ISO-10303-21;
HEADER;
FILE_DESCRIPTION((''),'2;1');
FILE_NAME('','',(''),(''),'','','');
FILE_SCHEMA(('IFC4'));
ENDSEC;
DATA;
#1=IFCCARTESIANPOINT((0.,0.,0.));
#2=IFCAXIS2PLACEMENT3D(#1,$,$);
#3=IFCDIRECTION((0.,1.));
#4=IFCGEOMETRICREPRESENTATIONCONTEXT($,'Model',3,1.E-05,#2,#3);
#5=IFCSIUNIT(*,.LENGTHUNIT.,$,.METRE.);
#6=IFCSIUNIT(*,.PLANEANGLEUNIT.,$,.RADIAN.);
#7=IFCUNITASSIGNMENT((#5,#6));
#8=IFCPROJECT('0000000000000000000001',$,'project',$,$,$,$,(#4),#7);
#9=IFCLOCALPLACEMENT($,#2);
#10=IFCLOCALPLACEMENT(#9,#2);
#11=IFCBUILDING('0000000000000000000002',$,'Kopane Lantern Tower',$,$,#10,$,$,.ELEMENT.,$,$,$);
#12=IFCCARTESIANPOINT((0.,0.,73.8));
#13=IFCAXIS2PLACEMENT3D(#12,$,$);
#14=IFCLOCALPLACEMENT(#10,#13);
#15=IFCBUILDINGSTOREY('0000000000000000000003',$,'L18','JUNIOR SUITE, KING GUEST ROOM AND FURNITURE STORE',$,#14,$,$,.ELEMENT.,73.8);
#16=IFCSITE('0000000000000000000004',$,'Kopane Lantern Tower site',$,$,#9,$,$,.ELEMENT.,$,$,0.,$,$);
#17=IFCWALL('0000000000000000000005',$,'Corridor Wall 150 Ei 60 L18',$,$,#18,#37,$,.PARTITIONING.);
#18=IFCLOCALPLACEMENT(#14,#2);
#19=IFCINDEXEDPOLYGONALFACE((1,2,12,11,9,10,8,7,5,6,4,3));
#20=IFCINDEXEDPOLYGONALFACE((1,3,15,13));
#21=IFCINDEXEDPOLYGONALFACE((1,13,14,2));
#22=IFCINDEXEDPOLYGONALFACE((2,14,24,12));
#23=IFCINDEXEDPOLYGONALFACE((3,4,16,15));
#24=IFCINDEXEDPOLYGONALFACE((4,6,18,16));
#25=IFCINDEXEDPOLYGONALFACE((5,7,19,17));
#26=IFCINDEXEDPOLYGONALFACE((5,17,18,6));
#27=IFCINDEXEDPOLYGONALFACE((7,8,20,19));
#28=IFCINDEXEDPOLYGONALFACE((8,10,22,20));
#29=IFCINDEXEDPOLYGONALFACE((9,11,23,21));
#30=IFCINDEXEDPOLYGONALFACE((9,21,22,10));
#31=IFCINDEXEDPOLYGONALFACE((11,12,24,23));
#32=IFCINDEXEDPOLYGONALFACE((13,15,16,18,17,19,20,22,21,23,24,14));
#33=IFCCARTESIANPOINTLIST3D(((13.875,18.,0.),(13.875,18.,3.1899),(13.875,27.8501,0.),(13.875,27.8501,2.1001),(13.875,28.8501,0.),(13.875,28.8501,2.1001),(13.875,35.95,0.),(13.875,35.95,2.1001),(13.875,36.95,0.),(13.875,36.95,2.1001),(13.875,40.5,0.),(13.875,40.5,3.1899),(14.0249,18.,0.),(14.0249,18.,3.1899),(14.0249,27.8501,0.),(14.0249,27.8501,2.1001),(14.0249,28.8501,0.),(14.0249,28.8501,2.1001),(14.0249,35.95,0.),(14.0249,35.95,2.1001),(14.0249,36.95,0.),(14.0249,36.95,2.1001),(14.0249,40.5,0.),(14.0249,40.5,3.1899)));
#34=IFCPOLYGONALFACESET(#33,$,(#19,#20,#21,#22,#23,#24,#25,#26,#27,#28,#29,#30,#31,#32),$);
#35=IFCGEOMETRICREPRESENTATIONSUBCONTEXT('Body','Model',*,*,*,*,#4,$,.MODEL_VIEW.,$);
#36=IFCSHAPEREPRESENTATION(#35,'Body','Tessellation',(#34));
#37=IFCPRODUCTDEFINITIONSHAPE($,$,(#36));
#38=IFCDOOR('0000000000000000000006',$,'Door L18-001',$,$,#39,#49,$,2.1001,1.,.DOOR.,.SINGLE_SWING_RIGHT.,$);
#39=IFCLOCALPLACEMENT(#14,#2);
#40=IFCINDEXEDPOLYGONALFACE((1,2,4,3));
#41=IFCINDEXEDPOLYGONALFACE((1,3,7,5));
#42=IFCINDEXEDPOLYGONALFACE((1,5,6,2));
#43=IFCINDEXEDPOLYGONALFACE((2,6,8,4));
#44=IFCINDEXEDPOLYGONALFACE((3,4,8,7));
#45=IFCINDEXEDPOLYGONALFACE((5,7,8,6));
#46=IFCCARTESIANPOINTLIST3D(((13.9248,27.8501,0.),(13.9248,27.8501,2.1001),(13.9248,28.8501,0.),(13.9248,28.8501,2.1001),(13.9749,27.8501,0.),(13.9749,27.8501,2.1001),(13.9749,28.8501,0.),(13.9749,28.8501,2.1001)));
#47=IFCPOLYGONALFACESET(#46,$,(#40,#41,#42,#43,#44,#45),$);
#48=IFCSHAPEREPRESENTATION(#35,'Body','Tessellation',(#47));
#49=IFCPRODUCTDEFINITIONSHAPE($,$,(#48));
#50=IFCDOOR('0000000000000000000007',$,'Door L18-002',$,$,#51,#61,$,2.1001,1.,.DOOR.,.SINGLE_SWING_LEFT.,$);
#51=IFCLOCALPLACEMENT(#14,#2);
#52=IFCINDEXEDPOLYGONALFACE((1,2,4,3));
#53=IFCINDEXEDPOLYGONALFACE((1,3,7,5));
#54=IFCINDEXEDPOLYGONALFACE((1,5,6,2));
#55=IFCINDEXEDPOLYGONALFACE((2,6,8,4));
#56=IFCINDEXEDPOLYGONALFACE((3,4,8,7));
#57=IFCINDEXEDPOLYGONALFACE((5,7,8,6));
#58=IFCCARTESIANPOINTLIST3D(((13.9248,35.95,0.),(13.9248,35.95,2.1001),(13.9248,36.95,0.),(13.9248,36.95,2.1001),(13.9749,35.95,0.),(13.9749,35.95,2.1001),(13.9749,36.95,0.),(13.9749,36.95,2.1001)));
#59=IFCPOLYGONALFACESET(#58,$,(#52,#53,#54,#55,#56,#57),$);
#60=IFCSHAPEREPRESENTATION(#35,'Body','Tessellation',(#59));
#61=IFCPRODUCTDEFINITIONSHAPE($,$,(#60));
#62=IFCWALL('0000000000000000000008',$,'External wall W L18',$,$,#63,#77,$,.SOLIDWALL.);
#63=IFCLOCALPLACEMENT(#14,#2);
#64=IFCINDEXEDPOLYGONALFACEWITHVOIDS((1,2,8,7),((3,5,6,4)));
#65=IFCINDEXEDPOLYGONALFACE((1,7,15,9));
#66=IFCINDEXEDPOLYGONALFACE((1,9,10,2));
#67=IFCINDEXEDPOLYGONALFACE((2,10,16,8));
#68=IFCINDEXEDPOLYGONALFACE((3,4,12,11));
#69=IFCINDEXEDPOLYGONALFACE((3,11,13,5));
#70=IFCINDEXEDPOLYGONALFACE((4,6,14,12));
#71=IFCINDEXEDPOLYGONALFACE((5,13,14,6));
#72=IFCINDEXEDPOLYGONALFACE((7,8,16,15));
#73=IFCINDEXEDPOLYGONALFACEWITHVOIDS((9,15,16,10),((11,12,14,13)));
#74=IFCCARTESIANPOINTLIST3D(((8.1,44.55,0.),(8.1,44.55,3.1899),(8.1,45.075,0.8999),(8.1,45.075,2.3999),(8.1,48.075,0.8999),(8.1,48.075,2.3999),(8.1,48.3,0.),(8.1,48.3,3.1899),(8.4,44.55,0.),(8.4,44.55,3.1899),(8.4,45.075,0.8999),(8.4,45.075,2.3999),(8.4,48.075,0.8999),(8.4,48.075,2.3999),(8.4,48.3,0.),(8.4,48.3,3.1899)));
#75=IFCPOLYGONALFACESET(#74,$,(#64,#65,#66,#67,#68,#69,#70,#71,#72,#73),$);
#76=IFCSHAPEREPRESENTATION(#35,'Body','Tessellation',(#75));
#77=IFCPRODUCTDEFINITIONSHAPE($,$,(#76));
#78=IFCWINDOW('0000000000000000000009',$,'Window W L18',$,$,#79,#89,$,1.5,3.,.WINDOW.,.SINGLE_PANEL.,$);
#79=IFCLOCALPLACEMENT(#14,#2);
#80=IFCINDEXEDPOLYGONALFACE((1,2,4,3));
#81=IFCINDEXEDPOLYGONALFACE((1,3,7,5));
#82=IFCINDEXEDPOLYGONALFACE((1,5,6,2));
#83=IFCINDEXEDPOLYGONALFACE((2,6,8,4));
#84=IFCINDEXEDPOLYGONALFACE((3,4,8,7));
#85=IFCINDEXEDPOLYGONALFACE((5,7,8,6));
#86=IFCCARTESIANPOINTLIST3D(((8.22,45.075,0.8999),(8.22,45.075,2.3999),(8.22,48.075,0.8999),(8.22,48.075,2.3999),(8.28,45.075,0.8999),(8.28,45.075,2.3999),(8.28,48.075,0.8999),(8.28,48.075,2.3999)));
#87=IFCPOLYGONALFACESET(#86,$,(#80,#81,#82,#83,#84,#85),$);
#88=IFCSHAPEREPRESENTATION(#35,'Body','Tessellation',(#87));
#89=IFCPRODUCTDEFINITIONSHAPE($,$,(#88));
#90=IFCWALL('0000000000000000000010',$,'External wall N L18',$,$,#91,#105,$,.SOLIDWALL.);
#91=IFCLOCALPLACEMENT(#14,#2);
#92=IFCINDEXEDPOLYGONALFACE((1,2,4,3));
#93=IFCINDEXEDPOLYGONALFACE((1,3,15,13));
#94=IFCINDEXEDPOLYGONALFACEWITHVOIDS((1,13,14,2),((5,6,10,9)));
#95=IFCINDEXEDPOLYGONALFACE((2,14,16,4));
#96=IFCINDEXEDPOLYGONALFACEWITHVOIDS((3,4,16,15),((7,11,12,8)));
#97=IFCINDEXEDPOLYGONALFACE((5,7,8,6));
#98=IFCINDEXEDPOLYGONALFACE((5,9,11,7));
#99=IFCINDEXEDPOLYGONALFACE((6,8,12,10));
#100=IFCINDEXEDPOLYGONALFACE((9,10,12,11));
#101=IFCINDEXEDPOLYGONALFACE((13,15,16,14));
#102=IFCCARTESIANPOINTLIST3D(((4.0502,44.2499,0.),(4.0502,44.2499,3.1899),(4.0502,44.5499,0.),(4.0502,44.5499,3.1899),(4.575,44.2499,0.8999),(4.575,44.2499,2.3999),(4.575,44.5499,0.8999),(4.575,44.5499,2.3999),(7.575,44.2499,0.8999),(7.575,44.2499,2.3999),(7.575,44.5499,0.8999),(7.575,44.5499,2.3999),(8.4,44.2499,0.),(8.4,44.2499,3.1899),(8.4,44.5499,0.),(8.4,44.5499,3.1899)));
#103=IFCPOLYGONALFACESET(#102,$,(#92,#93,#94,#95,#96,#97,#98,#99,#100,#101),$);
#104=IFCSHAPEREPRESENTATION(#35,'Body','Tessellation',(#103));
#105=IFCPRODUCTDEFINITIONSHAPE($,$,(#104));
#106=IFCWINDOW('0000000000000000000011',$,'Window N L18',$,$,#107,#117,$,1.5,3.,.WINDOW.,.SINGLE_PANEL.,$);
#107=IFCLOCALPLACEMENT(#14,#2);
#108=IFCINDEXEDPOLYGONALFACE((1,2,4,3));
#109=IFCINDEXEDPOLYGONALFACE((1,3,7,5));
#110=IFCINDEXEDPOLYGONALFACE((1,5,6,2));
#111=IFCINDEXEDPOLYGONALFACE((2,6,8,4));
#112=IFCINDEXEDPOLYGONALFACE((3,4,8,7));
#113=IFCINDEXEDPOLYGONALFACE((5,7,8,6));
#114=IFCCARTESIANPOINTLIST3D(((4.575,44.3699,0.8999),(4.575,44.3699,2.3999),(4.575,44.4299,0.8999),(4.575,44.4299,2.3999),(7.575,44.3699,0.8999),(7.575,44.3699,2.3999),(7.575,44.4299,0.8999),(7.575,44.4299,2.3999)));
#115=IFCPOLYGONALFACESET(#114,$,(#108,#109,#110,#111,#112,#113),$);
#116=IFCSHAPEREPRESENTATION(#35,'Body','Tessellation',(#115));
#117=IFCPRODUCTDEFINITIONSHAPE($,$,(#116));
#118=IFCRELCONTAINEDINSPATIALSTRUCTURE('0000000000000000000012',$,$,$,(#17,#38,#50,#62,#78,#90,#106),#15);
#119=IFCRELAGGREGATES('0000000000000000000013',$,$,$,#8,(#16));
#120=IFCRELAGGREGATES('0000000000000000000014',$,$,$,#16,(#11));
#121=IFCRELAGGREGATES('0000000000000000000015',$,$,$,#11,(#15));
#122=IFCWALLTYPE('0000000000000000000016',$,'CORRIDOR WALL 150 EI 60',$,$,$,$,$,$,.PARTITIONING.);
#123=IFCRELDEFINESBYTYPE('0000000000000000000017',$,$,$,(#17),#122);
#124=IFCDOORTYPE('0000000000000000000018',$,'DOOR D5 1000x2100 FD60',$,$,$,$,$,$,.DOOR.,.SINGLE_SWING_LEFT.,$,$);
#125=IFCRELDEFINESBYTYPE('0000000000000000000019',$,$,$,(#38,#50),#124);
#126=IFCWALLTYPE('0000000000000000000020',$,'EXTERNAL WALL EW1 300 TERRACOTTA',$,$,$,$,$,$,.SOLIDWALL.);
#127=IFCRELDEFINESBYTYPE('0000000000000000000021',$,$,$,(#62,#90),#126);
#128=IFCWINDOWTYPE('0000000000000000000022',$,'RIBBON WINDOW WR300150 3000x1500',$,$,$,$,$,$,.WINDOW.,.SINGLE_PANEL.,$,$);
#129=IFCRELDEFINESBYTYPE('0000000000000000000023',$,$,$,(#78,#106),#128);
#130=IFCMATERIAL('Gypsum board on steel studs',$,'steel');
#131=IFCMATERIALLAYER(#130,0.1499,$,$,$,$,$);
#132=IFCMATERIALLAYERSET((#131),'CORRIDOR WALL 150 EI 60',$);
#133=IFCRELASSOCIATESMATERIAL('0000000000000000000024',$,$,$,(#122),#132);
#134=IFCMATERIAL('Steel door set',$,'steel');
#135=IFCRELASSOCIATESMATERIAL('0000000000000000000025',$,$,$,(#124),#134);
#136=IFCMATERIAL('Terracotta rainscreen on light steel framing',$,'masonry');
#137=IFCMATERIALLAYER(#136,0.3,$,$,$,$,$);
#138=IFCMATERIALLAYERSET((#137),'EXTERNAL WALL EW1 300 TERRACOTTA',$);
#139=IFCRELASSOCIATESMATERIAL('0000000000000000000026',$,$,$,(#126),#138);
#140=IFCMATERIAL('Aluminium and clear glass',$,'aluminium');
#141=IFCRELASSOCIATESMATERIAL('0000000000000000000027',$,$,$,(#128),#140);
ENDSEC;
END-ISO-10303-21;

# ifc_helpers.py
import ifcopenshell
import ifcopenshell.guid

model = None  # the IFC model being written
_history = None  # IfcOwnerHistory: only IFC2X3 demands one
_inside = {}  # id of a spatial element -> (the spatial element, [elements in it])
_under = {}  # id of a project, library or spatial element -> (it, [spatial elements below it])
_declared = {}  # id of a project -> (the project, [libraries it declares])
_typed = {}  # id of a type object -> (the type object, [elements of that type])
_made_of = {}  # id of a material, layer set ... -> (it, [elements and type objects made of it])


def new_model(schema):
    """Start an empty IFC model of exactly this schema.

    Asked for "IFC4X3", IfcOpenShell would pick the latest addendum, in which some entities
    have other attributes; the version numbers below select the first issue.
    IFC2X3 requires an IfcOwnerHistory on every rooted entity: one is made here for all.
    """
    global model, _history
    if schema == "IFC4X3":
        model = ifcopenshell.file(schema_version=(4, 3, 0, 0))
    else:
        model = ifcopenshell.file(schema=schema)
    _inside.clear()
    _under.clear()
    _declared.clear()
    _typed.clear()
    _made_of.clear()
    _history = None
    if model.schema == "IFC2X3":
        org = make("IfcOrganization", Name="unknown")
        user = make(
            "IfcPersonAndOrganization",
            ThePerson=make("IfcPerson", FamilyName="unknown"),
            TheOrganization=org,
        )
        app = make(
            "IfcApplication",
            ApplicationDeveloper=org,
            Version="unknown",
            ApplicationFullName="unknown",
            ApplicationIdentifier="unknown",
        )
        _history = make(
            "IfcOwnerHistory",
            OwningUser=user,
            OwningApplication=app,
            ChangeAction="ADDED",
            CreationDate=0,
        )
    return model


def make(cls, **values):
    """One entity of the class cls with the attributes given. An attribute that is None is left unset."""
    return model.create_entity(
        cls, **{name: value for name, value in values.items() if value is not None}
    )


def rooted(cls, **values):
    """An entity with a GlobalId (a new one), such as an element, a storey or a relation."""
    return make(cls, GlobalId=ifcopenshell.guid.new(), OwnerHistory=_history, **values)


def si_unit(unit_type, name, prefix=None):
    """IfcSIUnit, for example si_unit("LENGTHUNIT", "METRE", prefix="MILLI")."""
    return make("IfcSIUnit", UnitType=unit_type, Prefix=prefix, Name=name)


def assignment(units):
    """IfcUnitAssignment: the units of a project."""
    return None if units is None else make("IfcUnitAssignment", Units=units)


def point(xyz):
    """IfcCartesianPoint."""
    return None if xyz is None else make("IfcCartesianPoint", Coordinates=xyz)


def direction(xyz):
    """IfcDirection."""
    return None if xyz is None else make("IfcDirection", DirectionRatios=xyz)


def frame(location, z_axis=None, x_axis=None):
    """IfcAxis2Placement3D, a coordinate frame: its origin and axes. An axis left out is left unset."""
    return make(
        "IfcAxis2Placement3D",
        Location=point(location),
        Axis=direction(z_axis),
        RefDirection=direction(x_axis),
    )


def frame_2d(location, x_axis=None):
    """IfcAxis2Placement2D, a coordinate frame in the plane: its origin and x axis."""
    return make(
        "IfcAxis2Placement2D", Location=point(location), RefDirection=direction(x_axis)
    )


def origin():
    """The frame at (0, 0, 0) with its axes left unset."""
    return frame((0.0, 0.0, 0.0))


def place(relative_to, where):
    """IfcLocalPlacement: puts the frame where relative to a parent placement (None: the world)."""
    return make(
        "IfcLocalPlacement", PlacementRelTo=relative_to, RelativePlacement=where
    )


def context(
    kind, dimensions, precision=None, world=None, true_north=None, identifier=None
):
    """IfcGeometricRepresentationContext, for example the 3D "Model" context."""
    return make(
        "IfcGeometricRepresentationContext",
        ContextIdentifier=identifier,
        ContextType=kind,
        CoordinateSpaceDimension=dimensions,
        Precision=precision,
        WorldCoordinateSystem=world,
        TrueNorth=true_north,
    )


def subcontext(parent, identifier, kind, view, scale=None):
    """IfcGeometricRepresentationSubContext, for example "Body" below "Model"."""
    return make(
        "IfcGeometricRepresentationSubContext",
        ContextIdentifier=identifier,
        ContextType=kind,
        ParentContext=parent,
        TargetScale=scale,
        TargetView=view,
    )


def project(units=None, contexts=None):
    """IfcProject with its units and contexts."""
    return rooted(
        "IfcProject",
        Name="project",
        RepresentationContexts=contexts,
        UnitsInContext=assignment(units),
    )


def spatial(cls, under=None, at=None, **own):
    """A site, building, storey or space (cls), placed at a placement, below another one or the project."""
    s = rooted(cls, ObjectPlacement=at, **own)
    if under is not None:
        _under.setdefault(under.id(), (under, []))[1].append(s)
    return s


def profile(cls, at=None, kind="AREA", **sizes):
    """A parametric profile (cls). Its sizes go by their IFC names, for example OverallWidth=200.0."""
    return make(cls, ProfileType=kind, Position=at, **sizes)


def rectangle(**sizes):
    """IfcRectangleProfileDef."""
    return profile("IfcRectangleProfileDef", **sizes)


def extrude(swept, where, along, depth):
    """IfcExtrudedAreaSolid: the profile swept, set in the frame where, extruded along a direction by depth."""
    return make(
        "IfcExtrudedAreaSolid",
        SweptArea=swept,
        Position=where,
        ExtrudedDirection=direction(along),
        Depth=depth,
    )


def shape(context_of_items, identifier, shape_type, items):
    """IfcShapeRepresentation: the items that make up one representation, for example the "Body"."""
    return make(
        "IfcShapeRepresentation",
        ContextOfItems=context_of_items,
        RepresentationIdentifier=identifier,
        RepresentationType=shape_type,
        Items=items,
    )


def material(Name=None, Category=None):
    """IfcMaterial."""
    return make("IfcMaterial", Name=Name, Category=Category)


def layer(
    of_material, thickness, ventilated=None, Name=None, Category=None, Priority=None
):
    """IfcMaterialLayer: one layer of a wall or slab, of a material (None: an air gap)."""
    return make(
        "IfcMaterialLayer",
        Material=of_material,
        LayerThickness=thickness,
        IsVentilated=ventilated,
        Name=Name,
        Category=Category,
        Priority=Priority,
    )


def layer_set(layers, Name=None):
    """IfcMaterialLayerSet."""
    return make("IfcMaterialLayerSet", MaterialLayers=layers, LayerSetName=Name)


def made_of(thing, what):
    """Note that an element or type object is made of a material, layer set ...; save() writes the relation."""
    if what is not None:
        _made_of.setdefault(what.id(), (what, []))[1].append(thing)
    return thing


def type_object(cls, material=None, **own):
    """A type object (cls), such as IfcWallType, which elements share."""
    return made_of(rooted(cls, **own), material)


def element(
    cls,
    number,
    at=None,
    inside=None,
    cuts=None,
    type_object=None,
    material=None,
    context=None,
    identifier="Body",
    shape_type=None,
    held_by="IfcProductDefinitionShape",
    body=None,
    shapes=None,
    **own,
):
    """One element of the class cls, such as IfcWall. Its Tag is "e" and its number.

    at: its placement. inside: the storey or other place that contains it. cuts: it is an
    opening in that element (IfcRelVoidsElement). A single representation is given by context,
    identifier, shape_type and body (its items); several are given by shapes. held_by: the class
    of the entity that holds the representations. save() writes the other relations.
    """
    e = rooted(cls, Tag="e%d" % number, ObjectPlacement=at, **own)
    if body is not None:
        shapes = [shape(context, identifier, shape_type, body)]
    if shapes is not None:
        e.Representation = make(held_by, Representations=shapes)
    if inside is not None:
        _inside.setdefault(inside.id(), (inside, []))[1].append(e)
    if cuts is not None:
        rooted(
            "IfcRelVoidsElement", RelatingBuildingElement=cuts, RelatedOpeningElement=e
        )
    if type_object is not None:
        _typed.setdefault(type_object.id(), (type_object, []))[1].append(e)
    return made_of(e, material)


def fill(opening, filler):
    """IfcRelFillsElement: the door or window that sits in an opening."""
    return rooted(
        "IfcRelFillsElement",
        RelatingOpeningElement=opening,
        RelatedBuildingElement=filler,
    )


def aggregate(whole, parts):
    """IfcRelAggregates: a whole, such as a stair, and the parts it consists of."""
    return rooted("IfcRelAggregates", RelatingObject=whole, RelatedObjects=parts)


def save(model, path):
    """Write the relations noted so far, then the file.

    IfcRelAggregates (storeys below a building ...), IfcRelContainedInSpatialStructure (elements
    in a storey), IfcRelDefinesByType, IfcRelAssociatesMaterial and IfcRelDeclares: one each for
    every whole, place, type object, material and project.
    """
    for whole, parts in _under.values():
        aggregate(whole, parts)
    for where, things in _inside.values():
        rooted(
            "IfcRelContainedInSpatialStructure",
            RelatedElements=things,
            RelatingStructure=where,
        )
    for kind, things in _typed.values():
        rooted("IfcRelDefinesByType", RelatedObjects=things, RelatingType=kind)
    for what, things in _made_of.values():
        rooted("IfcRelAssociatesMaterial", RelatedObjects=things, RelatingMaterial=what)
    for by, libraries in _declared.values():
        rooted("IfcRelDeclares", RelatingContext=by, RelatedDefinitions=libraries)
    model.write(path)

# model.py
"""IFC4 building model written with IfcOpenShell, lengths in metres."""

from ifc_helpers import new_model, si_unit, direction, frame, frame_2d, origin, place, context, subcontext, project, spatial, rectangle, extrude, material, layer, layer_set, type_object, element, fill, save


model = new_model("IFC4")

# Units and contexts
model_context = context("Model", 3, precision=1e-05, world=origin(), true_north=direction((0.0, 1.0)))
body_context = subcontext(model_context, "Body", "Model", "MODEL_VIEW")
ifc_project = project(units=[si_unit("LENGTHUNIT", "METRE"), si_unit("PLANEANGLEUNIT", "RADIAN")], contexts=[model_context])

# Site, building, storey
site_placement = place(None, origin())
site = spatial("IfcSite", under=ifc_project, at=site_placement, Name="Kopane Lantern Tower site", CompositionType="ELEMENT", RefElevation=0.0)
building_placement = place(site_placement, origin())
building = spatial("IfcBuilding", under=site, at=building_placement, Name="Kopane Lantern Tower", CompositionType="ELEMENT")
storey_placement = place(building_placement, frame((0.0, 0.0, 73.8)))
storey = spatial("IfcBuildingStorey", under=building, at=storey_placement, Name="L18", Description="JUNIOR SUITE, KING GUEST ROOM AND FURNITURE STORE", CompositionType="ELEMENT", Elevation=73.8)

# Shared definitions
ifc_material_1 = material(Name="Gypsum board on steel studs", Category="steel")
ifc_layer_1 = layer(ifc_material_1, 0.1499)
ifc_layer_set_1 = layer_set([ifc_layer_1], Name="CORRIDOR WALL 150 EI 60")
wall_type_1 = type_object("IfcWallType", Name="CORRIDOR WALL 150 EI 60", PredefinedType="PARTITIONING", material=ifc_layer_set_1)

# Wall, openings, doors
wall_1_placement = place(storey_placement, frame((13.95, 40.5, 0.0), z_axis=(0.0, 0.0, 1.0), x_axis=(0.0, -1.0, 0.0)))
wall_1 = element("IfcWall", 1, at=wall_1_placement, inside=storey, type_object=wall_type_1, Name="Corridor Wall 150 Ei 60 L18", PredefinedType="PARTITIONING", context=body_context, shape_type="SweptSolid", body=[
    extrude(rectangle(XDim=22.5, YDim=0.1499, at=frame_2d((11.25, 0.0))), origin(), (0.0, 0.0, 1.0), 3.1899),
])
opening_1_placement = place(wall_1_placement, frame((11.6499, 0.0, 0.0)))
opening_1 = element("IfcOpeningElement", 2, at=opening_1_placement, cuts=wall_1, PredefinedType="OPENING", context=body_context, shape_type="SweptSolid", body=[
    extrude(rectangle(XDim=1.0, YDim=2.1001, at=frame_2d((0.5, 1.05))), frame((0.0, 0.085, 0.0), z_axis=(0.0, -1.0, 0.0), x_axis=(1.0, 0.0, 0.0)), (0.0, 0.0, 1.0), 0.1699),
])
opening_2_placement = place(wall_1_placement, frame((3.55, 0.0, 0.0)))
opening_2 = element("IfcOpeningElement", 3, at=opening_2_placement, cuts=wall_1, PredefinedType="OPENING", context=body_context, shape_type="SweptSolid", body=[
    extrude(rectangle(XDim=1.0, YDim=2.1001, at=frame_2d((0.5, 1.05))), frame((0.0, 0.085, 0.0), z_axis=(0.0, -1.0, 0.0), x_axis=(1.0, 0.0, 0.0)), (0.0, 0.0, 1.0), 0.1699),
])
ifc_material_2 = material(Name="Steel door set", Category="steel")
door_type_1 = type_object("IfcDoorType", Name="DOOR D5 1000x2100 FD60", OperationType="SINGLE_SWING_LEFT", PredefinedType="DOOR", material=ifc_material_2)
door_1_placement = place(opening_1_placement, origin())
door_1 = element("IfcDoor", 4, at=door_1_placement, inside=storey, type_object=door_type_1, Name="Door L18-001", OperationType="SINGLE_SWING_RIGHT", OverallHeight=2.1001, OverallWidth=1.0, PredefinedType="DOOR", context=body_context, shape_type="SweptSolid", body=[
    extrude(rectangle(XDim=1.0, YDim=2.1001, at=frame_2d((0.5, 1.05))), frame((0.0, 0.0249, 0.0), z_axis=(0.0, -1.0, 0.0), x_axis=(1.0, 0.0, 0.0)), (0.0, 0.0, 1.0), 0.05),
])
fill(opening_1, door_1)
door_2_placement = place(opening_2_placement, origin())
door_2 = element("IfcDoor", 5, at=door_2_placement, inside=storey, type_object=door_type_1, Name="Door L18-002", OperationType="SINGLE_SWING_LEFT", OverallHeight=2.1001, OverallWidth=1.0, PredefinedType="DOOR", context=body_context, shape_type="SweptSolid", body=[
    extrude(rectangle(XDim=1.0, YDim=2.1001, at=frame_2d((0.5, 1.05))), frame((0.0, 0.0249, 0.0), z_axis=(0.0, -1.0, 0.0), x_axis=(1.0, 0.0, 0.0)), (0.0, 0.0, 1.0), 0.05),
])
fill(opening_2, door_2)

# Walls, openings, windows
ifc_material_3 = material(Name="Terracotta rainscreen on light steel framing", Category="masonry")
ifc_layer_2 = layer(ifc_material_3, 0.3)
ifc_layer_set_2 = layer_set([ifc_layer_2], Name="EXTERNAL WALL EW1 300 TERRACOTTA")
wall_type_2 = type_object("IfcWallType", Name="EXTERNAL WALL EW1 300 TERRACOTTA", PredefinedType="SOLIDWALL", material=ifc_layer_set_2)
wall_2_placement = place(storey_placement, frame((8.25, 48.3, 0.0), z_axis=(0.0, 0.0, 1.0), x_axis=(0.0, -1.0, 0.0)))
wall_2 = element("IfcWall", 6, at=wall_2_placement, inside=storey, type_object=wall_type_2, Name="External wall W L18", PredefinedType="SOLIDWALL", context=body_context, shape_type="SweptSolid", body=[
    extrude(rectangle(XDim=3.75, YDim=0.3, at=frame_2d((1.875, 0.0))), origin(), (0.0, 0.0, 1.0), 3.1899),
])
opening_3_placement = place(wall_2_placement, frame((0.2251, 0.0, 0.8999)))
opening_3 = element("IfcOpeningElement", 7, at=opening_3_placement, cuts=wall_2, PredefinedType="OPENING", context=body_context, shape_type="SweptSolid", body=[
    extrude(rectangle(XDim=3.0, YDim=1.5, at=frame_2d((1.5, 0.75))), frame((0.0, 0.1599, 0.0), z_axis=(0.0, -1.0, 0.0), x_axis=(1.0, 0.0, 0.0)), (0.0, 0.0, 1.0), 0.3201),
])
ifc_material_4 = material(Name="Aluminium and clear glass", Category="aluminium")
window_type = type_object("IfcWindowType", Name="RIBBON WINDOW WR300150 3000x1500", PartitioningType="SINGLE_PANEL", PredefinedType="WINDOW", material=ifc_material_4)
window_1_placement = place(opening_3_placement, origin())
window_1 = element("IfcWindow", 8, at=window_1_placement, inside=storey, type_object=window_type, Name="Window W L18", OverallHeight=1.5, OverallWidth=3.0, PartitioningType="SINGLE_PANEL", PredefinedType="WINDOW", context=body_context, shape_type="SweptSolid", body=[
    extrude(rectangle(XDim=3.0, YDim=1.5, at=frame_2d((1.5, 0.75))), frame((0.0, 0.03, 0.0), z_axis=(0.0, -1.0, 0.0), x_axis=(1.0, 0.0, 0.0)), (0.0, 0.0, 1.0), 0.0601),
])
fill(opening_3, window_1)
wall_3_placement = place(storey_placement, frame((8.3999, 44.3999, 0.0), z_axis=(0.0, 0.0, 1.0), x_axis=(-1.0, 0.0, 0.0)))
wall_3 = element("IfcWall", 9, at=wall_3_placement, inside=storey, type_object=wall_type_2, Name="External wall N L18", PredefinedType="SOLIDWALL", context=body_context, shape_type="SweptSolid", body=[
    extrude(rectangle(XDim=4.3499, YDim=0.3, at=frame_2d((2.1748, 0.0))), origin(), (0.0, 0.0, 1.0), 3.1899),
])
opening_4_placement = place(wall_3_placement, frame((0.825, 0.0, 0.8999)))
opening_4 = element("IfcOpeningElement", 10, at=opening_4_placement, cuts=wall_3, PredefinedType="OPENING", context=body_context, shape_type="SweptSolid", body=[
    extrude(rectangle(XDim=3.0, YDim=1.5, at=frame_2d((1.5, 0.75))), frame((0.0, 0.1599, 0.0), z_axis=(0.0, -1.0, 0.0), x_axis=(1.0, 0.0, 0.0)), (0.0, 0.0, 1.0), 0.3201),
])
window_2_placement = place(opening_4_placement, origin())
window_2 = element("IfcWindow", 11, at=window_2_placement, inside=storey, type_object=window_type, Name="Window N L18", OverallHeight=1.5, OverallWidth=3.0, PartitioningType="SINGLE_PANEL", PredefinedType="WINDOW", context=body_context, shape_type="SweptSolid", body=[
    extrude(rectangle(XDim=3.0, YDim=1.5, at=frame_2d((1.5, 0.75))), frame((0.0, 0.03, 0.0), z_axis=(0.0, -1.0, 0.0), x_axis=(1.0, 0.0, 0.0)), (0.0, 0.0, 1.0), 0.0601),
])
fill(opening_4, window_2)

save(model, "model.ifc")
